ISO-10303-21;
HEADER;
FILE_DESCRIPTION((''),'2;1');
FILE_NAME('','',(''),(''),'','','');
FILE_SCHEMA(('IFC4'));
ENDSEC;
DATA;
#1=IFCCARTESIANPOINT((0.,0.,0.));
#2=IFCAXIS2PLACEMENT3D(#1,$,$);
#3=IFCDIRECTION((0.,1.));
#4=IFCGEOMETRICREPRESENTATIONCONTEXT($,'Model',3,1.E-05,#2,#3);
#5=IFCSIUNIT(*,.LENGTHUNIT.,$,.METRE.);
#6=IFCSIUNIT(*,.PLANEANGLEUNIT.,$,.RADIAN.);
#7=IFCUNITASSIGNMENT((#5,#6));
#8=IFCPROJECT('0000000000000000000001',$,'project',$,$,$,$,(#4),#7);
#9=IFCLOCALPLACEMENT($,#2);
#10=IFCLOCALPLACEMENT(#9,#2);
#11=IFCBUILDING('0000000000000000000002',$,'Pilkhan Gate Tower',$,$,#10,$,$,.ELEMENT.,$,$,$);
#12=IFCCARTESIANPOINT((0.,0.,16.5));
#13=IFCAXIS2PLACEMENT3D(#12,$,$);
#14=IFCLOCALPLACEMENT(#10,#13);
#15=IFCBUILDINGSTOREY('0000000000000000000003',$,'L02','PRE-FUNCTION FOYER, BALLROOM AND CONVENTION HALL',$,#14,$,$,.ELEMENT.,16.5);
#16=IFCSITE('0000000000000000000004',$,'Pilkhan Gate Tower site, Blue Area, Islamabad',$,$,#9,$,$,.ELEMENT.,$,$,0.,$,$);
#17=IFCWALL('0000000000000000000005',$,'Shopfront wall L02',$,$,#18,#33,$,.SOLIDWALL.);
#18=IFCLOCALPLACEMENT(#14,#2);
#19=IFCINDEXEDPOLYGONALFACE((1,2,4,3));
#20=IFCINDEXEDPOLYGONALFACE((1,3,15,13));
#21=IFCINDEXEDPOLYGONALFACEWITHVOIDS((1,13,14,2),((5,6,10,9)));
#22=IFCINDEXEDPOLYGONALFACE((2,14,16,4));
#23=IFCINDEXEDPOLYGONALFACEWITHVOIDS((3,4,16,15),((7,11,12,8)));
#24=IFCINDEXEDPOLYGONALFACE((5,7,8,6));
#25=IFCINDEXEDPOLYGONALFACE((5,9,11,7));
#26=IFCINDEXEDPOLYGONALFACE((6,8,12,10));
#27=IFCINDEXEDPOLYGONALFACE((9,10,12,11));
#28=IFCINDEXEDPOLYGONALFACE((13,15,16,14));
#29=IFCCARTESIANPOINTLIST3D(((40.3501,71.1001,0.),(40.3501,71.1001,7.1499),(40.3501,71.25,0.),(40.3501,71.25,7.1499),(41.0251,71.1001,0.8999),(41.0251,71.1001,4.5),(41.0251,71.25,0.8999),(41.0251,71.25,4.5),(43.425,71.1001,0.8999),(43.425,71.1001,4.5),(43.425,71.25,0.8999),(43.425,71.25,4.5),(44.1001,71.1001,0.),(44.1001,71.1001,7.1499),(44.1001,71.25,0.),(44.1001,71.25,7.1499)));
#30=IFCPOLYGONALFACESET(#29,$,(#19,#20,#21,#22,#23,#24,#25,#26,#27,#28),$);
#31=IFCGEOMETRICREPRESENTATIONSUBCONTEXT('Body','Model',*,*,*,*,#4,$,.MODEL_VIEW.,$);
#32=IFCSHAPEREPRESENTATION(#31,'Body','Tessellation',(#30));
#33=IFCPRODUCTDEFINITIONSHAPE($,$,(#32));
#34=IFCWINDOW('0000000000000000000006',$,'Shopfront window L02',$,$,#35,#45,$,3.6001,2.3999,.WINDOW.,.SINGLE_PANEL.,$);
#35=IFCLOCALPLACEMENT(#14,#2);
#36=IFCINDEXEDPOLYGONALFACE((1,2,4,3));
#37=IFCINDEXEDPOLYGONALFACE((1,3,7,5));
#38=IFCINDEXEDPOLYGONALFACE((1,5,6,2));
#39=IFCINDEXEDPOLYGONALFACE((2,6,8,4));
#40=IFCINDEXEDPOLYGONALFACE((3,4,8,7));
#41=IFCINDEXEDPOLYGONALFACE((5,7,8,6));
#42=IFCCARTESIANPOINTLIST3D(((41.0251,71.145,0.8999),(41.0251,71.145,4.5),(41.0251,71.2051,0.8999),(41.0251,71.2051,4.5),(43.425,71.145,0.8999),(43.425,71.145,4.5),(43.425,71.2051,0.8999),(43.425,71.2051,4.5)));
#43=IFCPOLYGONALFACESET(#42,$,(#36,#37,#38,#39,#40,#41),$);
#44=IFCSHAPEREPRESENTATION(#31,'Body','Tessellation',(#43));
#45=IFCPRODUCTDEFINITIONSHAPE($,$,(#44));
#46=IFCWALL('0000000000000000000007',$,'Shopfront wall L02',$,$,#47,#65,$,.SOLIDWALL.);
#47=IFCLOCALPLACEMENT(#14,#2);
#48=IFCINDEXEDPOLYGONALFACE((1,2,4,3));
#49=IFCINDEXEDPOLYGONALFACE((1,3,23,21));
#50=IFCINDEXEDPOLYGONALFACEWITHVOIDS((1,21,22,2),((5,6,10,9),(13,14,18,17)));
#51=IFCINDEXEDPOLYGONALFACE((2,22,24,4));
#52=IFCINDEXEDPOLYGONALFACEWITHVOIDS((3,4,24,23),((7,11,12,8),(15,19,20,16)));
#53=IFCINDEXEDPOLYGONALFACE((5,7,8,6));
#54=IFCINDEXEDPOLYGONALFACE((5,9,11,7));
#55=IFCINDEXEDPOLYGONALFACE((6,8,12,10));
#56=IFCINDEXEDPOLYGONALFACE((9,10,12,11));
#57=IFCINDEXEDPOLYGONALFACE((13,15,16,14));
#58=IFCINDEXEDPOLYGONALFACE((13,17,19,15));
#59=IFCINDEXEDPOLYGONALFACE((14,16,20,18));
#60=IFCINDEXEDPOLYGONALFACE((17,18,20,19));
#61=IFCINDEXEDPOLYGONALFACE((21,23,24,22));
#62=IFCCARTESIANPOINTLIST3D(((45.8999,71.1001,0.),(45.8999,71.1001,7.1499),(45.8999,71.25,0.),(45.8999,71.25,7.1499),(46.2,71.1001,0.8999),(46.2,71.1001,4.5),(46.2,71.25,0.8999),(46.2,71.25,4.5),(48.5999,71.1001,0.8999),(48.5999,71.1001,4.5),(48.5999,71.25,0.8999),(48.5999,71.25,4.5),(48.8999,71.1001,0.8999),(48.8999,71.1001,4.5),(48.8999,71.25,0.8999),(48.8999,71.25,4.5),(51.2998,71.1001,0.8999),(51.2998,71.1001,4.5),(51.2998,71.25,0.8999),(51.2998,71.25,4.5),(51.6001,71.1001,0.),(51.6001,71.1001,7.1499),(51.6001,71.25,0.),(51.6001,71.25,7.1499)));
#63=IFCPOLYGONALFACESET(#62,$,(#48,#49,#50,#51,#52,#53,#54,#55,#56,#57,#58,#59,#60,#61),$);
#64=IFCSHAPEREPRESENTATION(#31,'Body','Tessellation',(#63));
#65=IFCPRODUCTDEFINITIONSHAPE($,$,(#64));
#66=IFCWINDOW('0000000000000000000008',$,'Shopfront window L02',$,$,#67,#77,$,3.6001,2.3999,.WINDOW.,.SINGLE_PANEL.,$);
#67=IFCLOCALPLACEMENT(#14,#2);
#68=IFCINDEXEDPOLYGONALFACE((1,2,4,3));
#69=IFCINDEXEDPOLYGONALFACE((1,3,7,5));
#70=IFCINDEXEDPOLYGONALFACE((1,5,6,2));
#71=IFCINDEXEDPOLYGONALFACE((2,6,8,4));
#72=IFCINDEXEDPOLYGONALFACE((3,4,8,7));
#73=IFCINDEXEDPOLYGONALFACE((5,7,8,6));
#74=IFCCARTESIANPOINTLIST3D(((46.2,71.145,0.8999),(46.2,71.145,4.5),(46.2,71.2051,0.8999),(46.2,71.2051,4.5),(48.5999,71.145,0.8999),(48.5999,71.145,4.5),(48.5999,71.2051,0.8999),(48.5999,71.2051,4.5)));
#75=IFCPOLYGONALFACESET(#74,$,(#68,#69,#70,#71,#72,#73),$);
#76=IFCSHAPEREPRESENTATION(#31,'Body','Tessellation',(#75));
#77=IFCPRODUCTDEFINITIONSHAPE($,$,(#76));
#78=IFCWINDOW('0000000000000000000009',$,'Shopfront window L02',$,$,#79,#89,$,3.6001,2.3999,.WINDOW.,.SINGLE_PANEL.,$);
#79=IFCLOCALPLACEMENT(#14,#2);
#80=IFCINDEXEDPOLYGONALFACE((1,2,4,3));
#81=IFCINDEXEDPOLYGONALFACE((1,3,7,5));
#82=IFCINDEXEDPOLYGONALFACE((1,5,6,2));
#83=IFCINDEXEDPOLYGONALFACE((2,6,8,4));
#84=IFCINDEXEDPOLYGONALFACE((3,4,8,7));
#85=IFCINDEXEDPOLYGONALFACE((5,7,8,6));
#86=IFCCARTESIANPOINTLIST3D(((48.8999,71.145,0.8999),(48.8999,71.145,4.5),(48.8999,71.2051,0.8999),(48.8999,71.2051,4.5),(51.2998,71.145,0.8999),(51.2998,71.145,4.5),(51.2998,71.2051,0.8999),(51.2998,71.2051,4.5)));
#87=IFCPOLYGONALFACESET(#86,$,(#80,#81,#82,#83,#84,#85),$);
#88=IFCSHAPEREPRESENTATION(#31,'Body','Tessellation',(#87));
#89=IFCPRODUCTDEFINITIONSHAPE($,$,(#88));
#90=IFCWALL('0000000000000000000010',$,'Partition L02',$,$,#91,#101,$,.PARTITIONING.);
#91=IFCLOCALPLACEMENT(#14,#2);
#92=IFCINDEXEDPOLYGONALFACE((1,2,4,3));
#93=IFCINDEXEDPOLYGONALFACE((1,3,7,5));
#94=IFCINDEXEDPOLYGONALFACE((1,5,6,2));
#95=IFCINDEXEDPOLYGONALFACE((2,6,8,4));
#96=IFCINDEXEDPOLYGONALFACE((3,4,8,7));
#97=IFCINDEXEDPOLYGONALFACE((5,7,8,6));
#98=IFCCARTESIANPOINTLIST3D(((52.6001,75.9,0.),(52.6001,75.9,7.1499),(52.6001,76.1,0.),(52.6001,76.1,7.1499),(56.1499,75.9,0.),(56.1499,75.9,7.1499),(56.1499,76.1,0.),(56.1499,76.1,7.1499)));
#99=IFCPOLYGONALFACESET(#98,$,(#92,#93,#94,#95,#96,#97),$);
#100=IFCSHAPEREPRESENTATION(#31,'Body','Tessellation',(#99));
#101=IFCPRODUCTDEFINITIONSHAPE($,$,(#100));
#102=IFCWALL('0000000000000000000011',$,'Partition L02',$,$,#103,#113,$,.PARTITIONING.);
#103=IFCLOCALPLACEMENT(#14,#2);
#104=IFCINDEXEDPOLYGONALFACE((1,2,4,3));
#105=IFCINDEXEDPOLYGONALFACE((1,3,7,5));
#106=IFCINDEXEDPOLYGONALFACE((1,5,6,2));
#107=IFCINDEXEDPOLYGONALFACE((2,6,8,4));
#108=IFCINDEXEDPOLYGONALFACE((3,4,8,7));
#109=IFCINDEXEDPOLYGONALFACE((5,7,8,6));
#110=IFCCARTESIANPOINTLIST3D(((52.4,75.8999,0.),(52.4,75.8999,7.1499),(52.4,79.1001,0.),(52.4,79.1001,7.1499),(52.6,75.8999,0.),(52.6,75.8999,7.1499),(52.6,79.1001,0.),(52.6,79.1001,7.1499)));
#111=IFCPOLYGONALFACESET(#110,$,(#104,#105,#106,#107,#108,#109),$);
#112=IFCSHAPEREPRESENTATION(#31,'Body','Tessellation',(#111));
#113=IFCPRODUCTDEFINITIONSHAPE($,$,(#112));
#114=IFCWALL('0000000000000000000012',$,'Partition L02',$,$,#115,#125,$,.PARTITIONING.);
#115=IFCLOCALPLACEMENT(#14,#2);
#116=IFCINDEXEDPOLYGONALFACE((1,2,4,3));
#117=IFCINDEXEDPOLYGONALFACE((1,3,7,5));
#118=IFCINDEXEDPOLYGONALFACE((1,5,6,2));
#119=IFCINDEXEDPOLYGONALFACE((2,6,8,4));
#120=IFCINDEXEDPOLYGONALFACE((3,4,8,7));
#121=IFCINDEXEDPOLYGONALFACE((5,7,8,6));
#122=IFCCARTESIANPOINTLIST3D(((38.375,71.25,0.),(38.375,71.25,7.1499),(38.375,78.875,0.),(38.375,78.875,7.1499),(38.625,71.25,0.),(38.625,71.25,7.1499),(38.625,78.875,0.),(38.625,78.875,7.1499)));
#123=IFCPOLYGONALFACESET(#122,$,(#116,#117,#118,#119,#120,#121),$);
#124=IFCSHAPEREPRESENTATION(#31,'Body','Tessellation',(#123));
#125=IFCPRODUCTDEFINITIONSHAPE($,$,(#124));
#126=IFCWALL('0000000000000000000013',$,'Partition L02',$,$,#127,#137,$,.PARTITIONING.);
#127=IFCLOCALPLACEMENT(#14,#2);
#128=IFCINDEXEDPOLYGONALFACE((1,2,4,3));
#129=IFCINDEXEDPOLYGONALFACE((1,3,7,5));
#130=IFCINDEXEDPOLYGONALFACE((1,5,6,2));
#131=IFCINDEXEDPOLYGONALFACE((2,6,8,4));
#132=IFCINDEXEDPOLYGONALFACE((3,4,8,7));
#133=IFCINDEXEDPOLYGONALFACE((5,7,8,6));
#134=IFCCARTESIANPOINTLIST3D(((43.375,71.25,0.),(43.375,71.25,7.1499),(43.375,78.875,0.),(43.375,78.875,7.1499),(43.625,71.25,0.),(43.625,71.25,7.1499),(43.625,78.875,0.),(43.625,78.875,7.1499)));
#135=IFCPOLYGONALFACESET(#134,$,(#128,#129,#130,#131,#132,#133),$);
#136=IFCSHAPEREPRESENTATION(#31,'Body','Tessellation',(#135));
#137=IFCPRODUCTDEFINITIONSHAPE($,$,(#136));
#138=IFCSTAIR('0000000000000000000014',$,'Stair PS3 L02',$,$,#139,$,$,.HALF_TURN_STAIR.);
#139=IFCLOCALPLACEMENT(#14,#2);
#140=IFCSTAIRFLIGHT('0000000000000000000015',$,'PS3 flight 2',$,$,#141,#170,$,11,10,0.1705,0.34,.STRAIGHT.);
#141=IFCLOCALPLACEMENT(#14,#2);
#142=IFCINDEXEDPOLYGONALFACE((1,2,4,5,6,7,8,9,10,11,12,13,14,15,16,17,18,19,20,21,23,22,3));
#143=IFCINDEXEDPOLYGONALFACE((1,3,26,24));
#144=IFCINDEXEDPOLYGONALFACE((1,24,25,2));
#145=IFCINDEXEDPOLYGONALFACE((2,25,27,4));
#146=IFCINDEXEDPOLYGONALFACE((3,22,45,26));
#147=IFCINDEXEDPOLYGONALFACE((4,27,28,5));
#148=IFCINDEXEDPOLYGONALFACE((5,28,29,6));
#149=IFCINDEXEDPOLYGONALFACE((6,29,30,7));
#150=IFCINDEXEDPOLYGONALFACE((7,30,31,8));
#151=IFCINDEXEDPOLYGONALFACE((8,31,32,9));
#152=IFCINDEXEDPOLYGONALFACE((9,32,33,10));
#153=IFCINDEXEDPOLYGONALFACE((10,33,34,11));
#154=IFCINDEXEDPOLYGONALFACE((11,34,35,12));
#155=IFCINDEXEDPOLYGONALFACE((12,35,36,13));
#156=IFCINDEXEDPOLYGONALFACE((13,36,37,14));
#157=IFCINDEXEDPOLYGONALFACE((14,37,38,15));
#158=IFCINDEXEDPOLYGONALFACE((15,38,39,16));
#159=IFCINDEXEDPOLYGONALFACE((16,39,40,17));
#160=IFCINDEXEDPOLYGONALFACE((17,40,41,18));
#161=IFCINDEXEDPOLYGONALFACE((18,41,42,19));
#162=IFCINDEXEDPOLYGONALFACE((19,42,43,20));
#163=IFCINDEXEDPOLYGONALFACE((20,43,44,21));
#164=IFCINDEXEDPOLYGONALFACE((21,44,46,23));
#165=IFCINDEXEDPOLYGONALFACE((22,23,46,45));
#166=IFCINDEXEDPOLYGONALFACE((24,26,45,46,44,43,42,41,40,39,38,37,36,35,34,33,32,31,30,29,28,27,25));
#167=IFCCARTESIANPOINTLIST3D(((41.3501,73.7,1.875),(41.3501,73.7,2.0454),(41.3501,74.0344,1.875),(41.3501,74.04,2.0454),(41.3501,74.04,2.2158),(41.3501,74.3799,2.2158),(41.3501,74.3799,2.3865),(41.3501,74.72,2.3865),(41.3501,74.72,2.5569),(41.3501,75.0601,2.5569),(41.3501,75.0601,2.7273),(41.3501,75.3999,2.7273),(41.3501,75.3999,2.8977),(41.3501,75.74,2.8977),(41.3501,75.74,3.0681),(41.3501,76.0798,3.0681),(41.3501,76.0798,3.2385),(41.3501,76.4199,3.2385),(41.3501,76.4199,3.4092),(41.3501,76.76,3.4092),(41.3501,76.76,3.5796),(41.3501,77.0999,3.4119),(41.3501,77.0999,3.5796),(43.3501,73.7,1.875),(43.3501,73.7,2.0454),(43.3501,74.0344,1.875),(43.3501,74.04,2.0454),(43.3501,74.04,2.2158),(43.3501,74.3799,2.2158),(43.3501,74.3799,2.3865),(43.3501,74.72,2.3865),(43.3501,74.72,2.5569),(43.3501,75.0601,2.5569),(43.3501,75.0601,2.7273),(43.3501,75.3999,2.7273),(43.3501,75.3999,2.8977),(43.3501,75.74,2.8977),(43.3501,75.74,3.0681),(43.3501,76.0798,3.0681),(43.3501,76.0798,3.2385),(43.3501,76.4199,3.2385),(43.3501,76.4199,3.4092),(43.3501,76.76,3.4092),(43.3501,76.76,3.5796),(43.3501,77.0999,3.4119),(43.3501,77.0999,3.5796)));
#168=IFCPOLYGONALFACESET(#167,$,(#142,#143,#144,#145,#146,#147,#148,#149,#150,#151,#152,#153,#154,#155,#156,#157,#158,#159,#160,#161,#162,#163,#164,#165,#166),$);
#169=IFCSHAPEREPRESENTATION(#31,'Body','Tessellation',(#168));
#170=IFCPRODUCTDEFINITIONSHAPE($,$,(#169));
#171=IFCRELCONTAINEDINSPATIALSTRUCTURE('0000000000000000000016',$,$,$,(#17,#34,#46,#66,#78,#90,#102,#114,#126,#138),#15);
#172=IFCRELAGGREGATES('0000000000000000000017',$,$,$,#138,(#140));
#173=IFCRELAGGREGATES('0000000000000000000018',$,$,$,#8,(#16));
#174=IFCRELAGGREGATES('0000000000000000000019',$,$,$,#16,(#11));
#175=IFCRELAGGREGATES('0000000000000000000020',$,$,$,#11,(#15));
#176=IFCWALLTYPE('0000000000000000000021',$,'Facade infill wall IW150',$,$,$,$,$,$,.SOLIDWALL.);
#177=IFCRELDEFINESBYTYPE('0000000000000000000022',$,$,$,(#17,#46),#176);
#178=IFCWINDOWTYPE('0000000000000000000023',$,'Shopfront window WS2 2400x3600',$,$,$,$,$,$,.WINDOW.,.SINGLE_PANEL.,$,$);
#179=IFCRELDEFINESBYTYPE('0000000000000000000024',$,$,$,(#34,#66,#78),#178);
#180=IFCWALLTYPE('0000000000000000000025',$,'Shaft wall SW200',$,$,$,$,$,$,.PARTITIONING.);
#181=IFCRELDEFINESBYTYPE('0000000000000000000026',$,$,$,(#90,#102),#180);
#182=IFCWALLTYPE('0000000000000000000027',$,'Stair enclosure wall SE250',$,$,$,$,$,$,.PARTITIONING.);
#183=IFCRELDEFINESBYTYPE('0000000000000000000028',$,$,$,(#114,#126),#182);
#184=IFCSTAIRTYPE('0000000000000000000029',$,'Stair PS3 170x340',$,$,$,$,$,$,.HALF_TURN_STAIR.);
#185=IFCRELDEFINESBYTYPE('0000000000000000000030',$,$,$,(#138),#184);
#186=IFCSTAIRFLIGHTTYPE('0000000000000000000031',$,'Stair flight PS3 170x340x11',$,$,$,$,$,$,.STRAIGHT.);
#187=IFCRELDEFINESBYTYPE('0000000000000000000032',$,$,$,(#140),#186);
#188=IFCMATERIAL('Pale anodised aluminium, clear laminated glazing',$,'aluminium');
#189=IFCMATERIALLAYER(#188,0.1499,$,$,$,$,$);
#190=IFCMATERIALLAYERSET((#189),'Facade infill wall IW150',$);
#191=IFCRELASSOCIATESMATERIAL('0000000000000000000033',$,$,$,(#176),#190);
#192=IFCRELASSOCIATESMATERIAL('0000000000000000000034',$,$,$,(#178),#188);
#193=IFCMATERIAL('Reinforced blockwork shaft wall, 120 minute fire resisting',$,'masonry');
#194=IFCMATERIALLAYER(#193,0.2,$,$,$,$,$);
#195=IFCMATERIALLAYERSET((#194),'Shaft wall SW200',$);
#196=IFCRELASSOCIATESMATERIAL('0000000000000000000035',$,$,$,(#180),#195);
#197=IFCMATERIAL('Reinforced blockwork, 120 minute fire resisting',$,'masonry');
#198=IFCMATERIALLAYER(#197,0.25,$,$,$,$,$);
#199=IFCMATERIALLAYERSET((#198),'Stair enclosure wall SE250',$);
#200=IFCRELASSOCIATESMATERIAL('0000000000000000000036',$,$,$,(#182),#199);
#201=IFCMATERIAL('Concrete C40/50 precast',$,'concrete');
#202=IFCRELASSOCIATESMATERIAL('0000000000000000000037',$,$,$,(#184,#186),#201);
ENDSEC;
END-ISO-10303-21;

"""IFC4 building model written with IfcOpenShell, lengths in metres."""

from ifc_helpers import new_model, si_unit, direction, frame, frame_2d, origin, place, context, subcontext, project, spatial, polyline, rectangle, outline, extrude, material, layer, layer_set, type_object, element, fill, aggregate, save


model = new_model("IFC4")

# Units and contexts
model_context = context("Model", 3, precision=1e-05, world=origin(), true_north=direction((0.0, 1.0)))
body_context = subcontext(model_context, "Body", "Model", "MODEL_VIEW")
ifc_project = project(units=[si_unit("LENGTHUNIT", "METRE"), si_unit("PLANEANGLEUNIT", "RADIAN")], contexts=[model_context])

# Site, building, storey
site_placement = place(None, origin())
site = spatial("IfcSite", under=ifc_project, at=site_placement, Name="Pilkhan Gate Tower site, Blue Area, Islamabad", CompositionType="ELEMENT", RefElevation=0.0)
building_placement = place(site_placement, origin())
building = spatial("IfcBuilding", under=site, at=building_placement, Name="Pilkhan Gate Tower", CompositionType="ELEMENT")
storey_placement = place(building_placement, frame((0.0, 0.0, 16.5)))
storey = spatial("IfcBuildingStorey", under=building, at=storey_placement, Name="L02", Description="PRE-FUNCTION FOYER, BALLROOM AND CONVENTION HALL", CompositionType="ELEMENT", Elevation=16.5)

# Wall, opening, window
ifc_material_1 = material(Name="Pale anodised aluminium, clear laminated glazing", Category="aluminium")
ifc_layer_1 = layer(ifc_material_1, 0.1499)
ifc_layer_set_1 = layer_set([ifc_layer_1], Name="Facade infill wall IW150")
wall_type_1 = type_object("IfcWallType", Name="Facade infill wall IW150", PredefinedType="SOLIDWALL", material=ifc_layer_set_1)
wall_1_placement = place(storey_placement, frame((40.3501, 71.175, 0.0), z_axis=(0.0, 0.0, 1.0), x_axis=(1.0, 0.0, 0.0)))
wall_1 = element("IfcWall", 1, at=wall_1_placement, inside=storey, type_object=wall_type_1, Name="Shopfront wall L02", PredefinedType="SOLIDWALL", context=body_context, shape_type="SweptSolid", body=[
    extrude(rectangle(XDim=3.75, YDim=0.1499, at=frame_2d((1.875, 0.0))), origin(), (0.0, 0.0, 1.0), 7.1499),
])
opening_1_placement = place(wall_1_placement, frame((0.675, 0.0, 0.8999)))
opening_1 = element("IfcOpeningElement", 2, at=opening_1_placement, cuts=wall_1, PredefinedType="OPENING", context=body_context, shape_type="SweptSolid", body=[
    extrude(rectangle(XDim=2.3999, YDim=3.6001, at=frame_2d((1.2, 1.8))), frame((0.0, 0.085, 0.0), z_axis=(0.0, -1.0, 0.0), x_axis=(1.0, 0.0, 0.0)), (0.0, 0.0, 1.0), 0.1699),
])
window_type = type_object("IfcWindowType", Name="Shopfront window WS2 2400x3600", PartitioningType="SINGLE_PANEL", PredefinedType="WINDOW", material=ifc_material_1)
window_1_placement = place(opening_1_placement, origin())
window_1 = element("IfcWindow", 3, at=window_1_placement, inside=storey, type_object=window_type, Name="Shopfront window L02", OverallHeight=3.6001, OverallWidth=2.3999, PartitioningType="SINGLE_PANEL", PredefinedType="WINDOW", context=body_context, shape_type="SweptSolid", body=[
    extrude(rectangle(XDim=2.3999, YDim=3.6001, at=frame_2d((1.2, 1.8))), frame((0.0, 0.03, 0.0), z_axis=(0.0, -1.0, 0.0), x_axis=(1.0, 0.0, 0.0)), (0.0, 0.0, 1.0), 0.0601),
])
fill(opening_1, window_1)

# Wall, openings, windows
wall_2_placement = place(storey_placement, frame((45.8999, 71.175, 0.0), z_axis=(0.0, 0.0, 1.0), x_axis=(1.0, 0.0, 0.0)))
wall_2 = element("IfcWall", 4, at=wall_2_placement, inside=storey, type_object=wall_type_1, Name="Shopfront wall L02", PredefinedType="SOLIDWALL", context=body_context, shape_type="SweptSolid", body=[
    extrude(rectangle(XDim=5.7002, YDim=0.1499, at=frame_2d((2.8501, 0.0))), origin(), (0.0, 0.0, 1.0), 7.1499),
])
opening_2_placement = place(wall_2_placement, frame((0.3, 0.0, 0.8999)))
opening_2 = element("IfcOpeningElement", 5, at=opening_2_placement, cuts=wall_2, PredefinedType="OPENING", context=body_context, shape_type="SweptSolid", body=[
    extrude(rectangle(XDim=2.3999, YDim=3.6001, at=frame_2d((1.2, 1.8))), frame((0.0, 0.085, 0.0), z_axis=(0.0, -1.0, 0.0), x_axis=(1.0, 0.0, 0.0)), (0.0, 0.0, 1.0), 0.1699),
])
opening_3_placement = place(wall_2_placement, frame((3.0, 0.0, 0.8999)))
opening_3 = element("IfcOpeningElement", 6, at=opening_3_placement, cuts=wall_2, PredefinedType="OPENING", context=body_context, shape_type="SweptSolid", body=[
    extrude(rectangle(XDim=2.3999, YDim=3.6001, at=frame_2d((1.2, 1.8))), frame((0.0, 0.085, 0.0), z_axis=(0.0, -1.0, 0.0), x_axis=(1.0, 0.0, 0.0)), (0.0, 0.0, 1.0), 0.1699),
])
window_2_placement = place(opening_2_placement, origin())
window_2 = element("IfcWindow", 7, at=window_2_placement, inside=storey, type_object=window_type, Name="Shopfront window L02", OverallHeight=3.6001, OverallWidth=2.3999, PartitioningType="SINGLE_PANEL", PredefinedType="WINDOW", context=body_context, shape_type="SweptSolid", body=[
    extrude(rectangle(XDim=2.3999, YDim=3.6001, at=frame_2d((1.2, 1.8))), frame((0.0, 0.03, 0.0), z_axis=(0.0, -1.0, 0.0), x_axis=(1.0, 0.0, 0.0)), (0.0, 0.0, 1.0), 0.0601),
])
fill(opening_2, window_2)
window_3_placement = place(opening_3_placement, origin())
window_3 = element("IfcWindow", 8, at=window_3_placement, inside=storey, type_object=window_type, Name="Shopfront window L02", OverallHeight=3.6001, OverallWidth=2.3999, PartitioningType="SINGLE_PANEL", PredefinedType="WINDOW", context=body_context, shape_type="SweptSolid", body=[
    extrude(rectangle(XDim=2.3999, YDim=3.6001, at=frame_2d((1.2, 1.8))), frame((0.0, 0.03, 0.0), z_axis=(0.0, -1.0, 0.0), x_axis=(1.0, 0.0, 0.0)), (0.0, 0.0, 1.0), 0.0601),
])
fill(opening_3, window_3)

# Walls
ifc_material_2 = material(Name="Reinforced blockwork shaft wall, 120 minute fire resisting", Category="masonry")
ifc_layer_2 = layer(ifc_material_2, 0.2)
ifc_layer_set_2 = layer_set([ifc_layer_2], Name="Shaft wall SW200")
wall_type_2 = type_object("IfcWallType", Name="Shaft wall SW200", PredefinedType="PARTITIONING", material=ifc_layer_set_2)
wall_3_placement = place(storey_placement, frame((52.6001, 76.0, 0.0), z_axis=(0.0, 0.0, 1.0), x_axis=(1.0, 0.0, 0.0)))
element("IfcWall", 9, at=wall_3_placement, inside=storey, type_object=wall_type_2, Name="Partition L02", PredefinedType="PARTITIONING", context=body_context, shape_type="SweptSolid", body=[
    extrude(rectangle(XDim=3.5498, YDim=0.2, at=frame_2d((1.7749, 0.0))), origin(), (0.0, 0.0, 1.0), 7.1499),
])
wall_4_placement = place(storey_placement, frame((52.5, 75.8999, 0.0), z_axis=(0.0, 0.0, 1.0), x_axis=(0.0, 1.0, 0.0)))
element("IfcWall", 10, at=wall_4_placement, inside=storey, type_object=wall_type_2, Name="Partition L02", PredefinedType="PARTITIONING", context=body_context, shape_type="SweptSolid", body=[
    extrude(rectangle(XDim=3.2002, YDim=0.2, at=frame_2d((1.6001, 0.0))), origin(), (0.0, 0.0, 1.0), 7.1499),
])
ifc_material_3 = material(Name="Reinforced blockwork, 120 minute fire resisting", Category="masonry")
ifc_layer_3 = layer(ifc_material_3, 0.25)
ifc_layer_set_3 = layer_set([ifc_layer_3], Name="Stair enclosure wall SE250")
wall_type_3 = type_object("IfcWallType", Name="Stair enclosure wall SE250", PredefinedType="PARTITIONING", material=ifc_layer_set_3)
for number, where, z_axis, x_axis, name in (
    (11, (38.5, 71.25, 0.0), (0.0, 0.0, 1.0), (0.0, 1.0, 0.0), "Partition L02"),
    (12, (43.5, 71.25, 0.0), (0.0, 0.0, 1.0), (0.0, 1.0, 0.0), "Partition L02"),
):
    element("IfcWall", number, at=place(storey_placement, frame(where, z_axis=z_axis, x_axis=x_axis)), inside=storey, type_object=wall_type_3, Name=name, PredefinedType="PARTITIONING", context=body_context, shape_type="SweptSolid", body=[
        extrude(rectangle(XDim=7.625, YDim=0.25, at=frame_2d((3.8125, 0.0))), origin(), (0.0, 0.0, 1.0), 7.1499),
    ])

# Stair, stair flight
ifc_material_4 = material(Name="Concrete C40/50 precast", Category="concrete")
stair_type = type_object("IfcStairType", Name="Stair PS3 170x340", PredefinedType="HALF_TURN_STAIR", material=ifc_material_4)
stair_placement = place(storey_placement, origin())
stair = element("IfcStair", 13, at=stair_placement, inside=storey, type_object=stair_type, Name="Stair PS3 L02", PredefinedType="HALF_TURN_STAIR")
stair_flight_type = type_object("IfcStairFlightType", Name="Stair flight PS3 170x340x11", PredefinedType="STRAIGHT", material=ifc_material_4)
stair_flight_1_placement = place(storey_placement, frame((42.3501, 73.7, 1.875), z_axis=(0.0, 0.0, 1.0), x_axis=(0.0, 1.0, 0.0)))
stair_flight_1 = element("IfcStairFlight", 14, at=stair_flight_1_placement, type_object=stair_flight_type, Name="PS3 flight 2", NumberOfRisers=11, NumberOfTreads=10, PredefinedType="STRAIGHT", RiserHeight=0.1705, TreadLength=0.34, context=body_context, shape_type="SweptSolid", body=[
    extrude(outline(polyline([(0.0, 0.0), (0.0, 0.1704), (0.3401, 0.1704), (0.3401, 0.3408), (0.6799, 0.3408), (0.6799, 0.5115), (1.02, 0.5115), (1.02, 0.6819), (1.3601, 0.6819), (1.3601, 0.8523), (1.7, 0.8523), (1.7, 1.0227), (2.04, 1.0227), (2.04, 1.1931), (2.3799, 1.1931), (2.3799, 1.3635), (2.72, 1.3635), (2.72, 1.5342), (3.0601, 1.5342), (3.0601, 1.7046), (3.3999, 1.7046), (3.3999, 1.875), (3.3999, 1.5369), (0.3345, 0.0), (0.0, 0.0)])), frame((0.0, 1.0, 0.0), z_axis=(0.0, -1.0, 0.0), x_axis=(1.0, 0.0, 0.0)), (0.0, 0.0, 1.0), 2.0),
])
aggregate(stair, [stair_flight_1])

save(model, "model.ifc")
